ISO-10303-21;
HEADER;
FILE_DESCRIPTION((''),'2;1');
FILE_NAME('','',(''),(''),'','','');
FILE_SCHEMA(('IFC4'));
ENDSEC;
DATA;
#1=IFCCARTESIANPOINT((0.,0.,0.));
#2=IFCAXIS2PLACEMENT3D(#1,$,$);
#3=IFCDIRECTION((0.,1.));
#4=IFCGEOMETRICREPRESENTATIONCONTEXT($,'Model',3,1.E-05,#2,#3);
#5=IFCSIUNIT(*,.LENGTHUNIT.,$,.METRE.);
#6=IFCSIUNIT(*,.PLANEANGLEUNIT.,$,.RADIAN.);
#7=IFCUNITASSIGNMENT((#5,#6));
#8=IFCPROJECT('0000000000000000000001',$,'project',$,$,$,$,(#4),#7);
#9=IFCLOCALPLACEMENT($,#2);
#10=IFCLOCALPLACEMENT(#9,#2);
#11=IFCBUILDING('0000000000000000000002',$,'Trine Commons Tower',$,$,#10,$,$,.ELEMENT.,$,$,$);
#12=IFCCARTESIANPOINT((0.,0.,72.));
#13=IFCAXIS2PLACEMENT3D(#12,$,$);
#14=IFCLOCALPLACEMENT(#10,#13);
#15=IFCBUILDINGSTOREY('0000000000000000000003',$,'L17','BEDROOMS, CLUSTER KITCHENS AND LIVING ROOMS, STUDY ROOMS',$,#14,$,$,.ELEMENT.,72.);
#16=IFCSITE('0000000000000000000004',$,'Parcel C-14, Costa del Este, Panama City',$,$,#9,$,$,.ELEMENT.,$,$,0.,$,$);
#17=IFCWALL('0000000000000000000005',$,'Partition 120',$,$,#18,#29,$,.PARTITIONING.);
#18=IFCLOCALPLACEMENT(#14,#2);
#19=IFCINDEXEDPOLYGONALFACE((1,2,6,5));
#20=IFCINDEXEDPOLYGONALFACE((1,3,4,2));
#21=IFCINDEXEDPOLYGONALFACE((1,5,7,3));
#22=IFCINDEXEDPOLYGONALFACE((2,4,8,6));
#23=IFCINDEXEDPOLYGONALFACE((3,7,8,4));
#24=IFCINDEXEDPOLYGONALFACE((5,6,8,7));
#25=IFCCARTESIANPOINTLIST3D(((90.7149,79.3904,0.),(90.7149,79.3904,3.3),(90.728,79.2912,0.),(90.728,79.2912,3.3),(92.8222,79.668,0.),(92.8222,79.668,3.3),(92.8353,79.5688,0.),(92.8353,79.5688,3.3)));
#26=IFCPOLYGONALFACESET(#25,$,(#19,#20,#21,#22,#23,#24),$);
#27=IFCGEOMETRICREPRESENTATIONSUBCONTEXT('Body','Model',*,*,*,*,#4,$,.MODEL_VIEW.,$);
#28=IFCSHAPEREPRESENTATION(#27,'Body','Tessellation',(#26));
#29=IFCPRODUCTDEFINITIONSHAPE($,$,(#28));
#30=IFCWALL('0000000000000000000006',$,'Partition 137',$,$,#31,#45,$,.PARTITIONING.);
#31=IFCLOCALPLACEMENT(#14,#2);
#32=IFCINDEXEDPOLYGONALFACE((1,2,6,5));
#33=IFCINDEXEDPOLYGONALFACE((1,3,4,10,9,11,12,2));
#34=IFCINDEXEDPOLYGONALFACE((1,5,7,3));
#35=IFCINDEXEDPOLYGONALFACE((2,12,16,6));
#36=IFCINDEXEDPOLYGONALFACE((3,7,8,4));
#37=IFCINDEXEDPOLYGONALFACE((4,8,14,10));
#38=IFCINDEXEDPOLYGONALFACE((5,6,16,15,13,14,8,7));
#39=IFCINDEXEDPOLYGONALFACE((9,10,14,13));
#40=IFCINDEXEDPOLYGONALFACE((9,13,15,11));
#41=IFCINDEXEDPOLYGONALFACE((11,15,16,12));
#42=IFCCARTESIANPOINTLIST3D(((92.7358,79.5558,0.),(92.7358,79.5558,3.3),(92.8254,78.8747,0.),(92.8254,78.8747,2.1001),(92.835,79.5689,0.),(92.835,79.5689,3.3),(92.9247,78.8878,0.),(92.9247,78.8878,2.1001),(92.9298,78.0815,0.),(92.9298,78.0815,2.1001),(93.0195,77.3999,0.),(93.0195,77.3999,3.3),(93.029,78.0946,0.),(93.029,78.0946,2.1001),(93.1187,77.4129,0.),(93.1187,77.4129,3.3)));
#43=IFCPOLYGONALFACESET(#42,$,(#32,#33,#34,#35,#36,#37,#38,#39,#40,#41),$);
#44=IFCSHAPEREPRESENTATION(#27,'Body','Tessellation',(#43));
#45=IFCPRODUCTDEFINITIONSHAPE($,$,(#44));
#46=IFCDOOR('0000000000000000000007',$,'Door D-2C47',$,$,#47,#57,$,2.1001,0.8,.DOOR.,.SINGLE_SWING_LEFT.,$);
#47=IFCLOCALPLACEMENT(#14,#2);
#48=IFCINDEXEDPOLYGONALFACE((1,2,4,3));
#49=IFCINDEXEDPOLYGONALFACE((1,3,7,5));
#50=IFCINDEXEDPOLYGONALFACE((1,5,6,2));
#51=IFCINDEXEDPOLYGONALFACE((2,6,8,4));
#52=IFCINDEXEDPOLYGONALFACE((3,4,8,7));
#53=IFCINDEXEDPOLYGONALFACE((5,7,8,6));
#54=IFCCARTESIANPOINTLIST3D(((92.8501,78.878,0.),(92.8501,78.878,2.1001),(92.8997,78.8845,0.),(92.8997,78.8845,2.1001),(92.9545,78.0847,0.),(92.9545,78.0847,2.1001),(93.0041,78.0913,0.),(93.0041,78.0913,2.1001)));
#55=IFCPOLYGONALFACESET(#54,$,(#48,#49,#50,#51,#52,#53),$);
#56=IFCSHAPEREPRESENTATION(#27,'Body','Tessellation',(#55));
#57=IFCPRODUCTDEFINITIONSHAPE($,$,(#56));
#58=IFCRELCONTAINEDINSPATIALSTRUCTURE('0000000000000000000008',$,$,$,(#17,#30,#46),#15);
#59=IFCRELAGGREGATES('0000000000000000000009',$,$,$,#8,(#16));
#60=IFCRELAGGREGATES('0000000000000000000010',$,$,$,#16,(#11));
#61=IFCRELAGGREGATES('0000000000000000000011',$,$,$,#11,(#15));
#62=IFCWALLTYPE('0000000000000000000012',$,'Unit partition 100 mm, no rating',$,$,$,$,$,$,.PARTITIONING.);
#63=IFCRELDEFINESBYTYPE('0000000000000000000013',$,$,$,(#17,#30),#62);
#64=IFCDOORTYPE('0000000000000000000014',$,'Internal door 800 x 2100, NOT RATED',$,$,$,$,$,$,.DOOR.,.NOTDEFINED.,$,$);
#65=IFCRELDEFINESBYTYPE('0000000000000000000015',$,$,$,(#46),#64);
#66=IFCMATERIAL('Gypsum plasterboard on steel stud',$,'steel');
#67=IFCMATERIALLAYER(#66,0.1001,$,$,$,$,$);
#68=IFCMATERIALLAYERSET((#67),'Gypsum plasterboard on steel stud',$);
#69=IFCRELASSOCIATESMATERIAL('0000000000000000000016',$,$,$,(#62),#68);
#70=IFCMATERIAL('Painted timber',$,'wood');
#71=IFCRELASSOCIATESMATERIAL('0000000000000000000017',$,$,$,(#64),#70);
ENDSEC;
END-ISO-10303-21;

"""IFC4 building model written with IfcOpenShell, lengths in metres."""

from ifc_helpers import new_model, si_unit, direction, frame, frame_2d, origin, place, context, subcontext, project, spatial, rectangle, extrude, material, layer, layer_set, type_object, element, fill, save


model = new_model("IFC4")

# Units and contexts
model_context = context("Model", 3, precision=1e-05, world=origin(), true_north=direction((0.0, 1.0)))
body_context = subcontext(model_context, "Body", "Model", "MODEL_VIEW")
ifc_project = project(units=[si_unit("LENGTHUNIT", "METRE"), si_unit("PLANEANGLEUNIT", "RADIAN")], contexts=[model_context])

# Site, building, storey
site_placement = place(None, origin())
site = spatial("IfcSite", under=ifc_project, at=site_placement, Name="Parcel C-14, Costa del Este, Panama City", CompositionType="ELEMENT", RefElevation=0.0)
building_placement = place(site_placement, origin())
building = spatial("IfcBuilding", under=site, at=building_placement, Name="Trine Commons Tower", CompositionType="ELEMENT")
storey_placement = place(building_placement, frame((0.0, 0.0, 72.0)))
storey = spatial("IfcBuildingStorey", under=building, at=storey_placement, Name="L17", Description="BEDROOMS, CLUSTER KITCHENS AND LIVING ROOMS, STUDY ROOMS", CompositionType="ELEMENT", Elevation=72.0)

# Shared definitions
ifc_material_1 = material(Name="Gypsum plasterboard on steel stud", Category="steel")

# Shared definitions
ifc_material_2 = material(Name="Painted timber", Category="wood")

# Wall
ifc_layer_1 = layer(ifc_material_1, 0.1001)
ifc_layer_set_1 = layer_set([ifc_layer_1], Name="Gypsum plasterboard on steel stud")
wall_type_1 = type_object("IfcWallType", Name="Unit partition 100 mm, no rating", PredefinedType="PARTITIONING", material=ifc_layer_set_1)
wall_1_placement = place(storey_placement, frame((90.7214, 79.3408, 0.0), z_axis=(0.0, 0.0, 1.0), x_axis=(0.991434, 0.130606, 0.0)))
element("IfcWall", 1, at=wall_1_placement, inside=storey, type_object=wall_type_1, Name="Partition 120", PredefinedType="PARTITIONING", context=body_context, shape_type="SweptSolid", body=[
    extrude(rectangle(XDim=2.1255, YDim=0.1001, at=frame_2d((1.0627, 0.0))), origin(), (0.0, 0.0, 1.0), 3.3),
])

# Wall, opening, door
wall_2_placement = place(storey_placement, frame((92.7854, 79.5625, 0.0), z_axis=(0.0, 0.0, 1.0), x_axis=(0.130457, -0.991454, 0.0)))
wall_2 = element("IfcWall", 2, at=wall_2_placement, inside=storey, type_object=wall_type_1, Name="Partition 137", PredefinedType="PARTITIONING", context=body_context, shape_type="SweptSolid", body=[
    extrude(rectangle(XDim=2.1746, YDim=0.1001, at=frame_2d((1.0874, 0.0))), origin(), (0.0, 0.0, 1.0), 3.3),
])
opening_1_placement = place(wall_2_placement, frame((0.6873, 0.0, 0.0)))
opening_1 = element("IfcOpeningElement", 3, at=opening_1_placement, cuts=wall_2, PredefinedType="OPENING", context=body_context, shape_type="SweptSolid", body=[
    extrude(rectangle(XDim=0.8, YDim=2.1001, at=frame_2d((0.3999, 1.05))), frame((0.0, 0.0601, 0.0), z_axis=(0.0, -1.0, 0.0), x_axis=(1.0, 0.0, 0.0)), (0.0, 0.0, 1.0), 0.1201),
])
door_type_1 = type_object("IfcDoorType", Name="Internal door 800 x 2100, NOT RATED", OperationType="NOTDEFINED", PredefinedType="DOOR", material=ifc_material_2)
door_1_placement = place(opening_1_placement, origin())
door_1 = element("IfcDoor", 4, at=door_1_placement, inside=storey, type_object=door_type_1, Name="Door D-2C47", OperationType="SINGLE_SWING_LEFT", OverallHeight=2.1001, OverallWidth=0.8, PredefinedType="DOOR", context=body_context, shape_type="SweptSolid", body=[
    extrude(rectangle(XDim=0.8, YDim=2.1001, at=frame_2d((0.3999, 1.05))), frame((0.0, 0.0249, 0.0), z_axis=(0.0, -1.0, 0.0), x_axis=(1.0, 0.0, 0.0)), (0.0, 0.0, 1.0), 0.05),
])
fill(opening_1, door_1)

save(model, "model.ifc")
